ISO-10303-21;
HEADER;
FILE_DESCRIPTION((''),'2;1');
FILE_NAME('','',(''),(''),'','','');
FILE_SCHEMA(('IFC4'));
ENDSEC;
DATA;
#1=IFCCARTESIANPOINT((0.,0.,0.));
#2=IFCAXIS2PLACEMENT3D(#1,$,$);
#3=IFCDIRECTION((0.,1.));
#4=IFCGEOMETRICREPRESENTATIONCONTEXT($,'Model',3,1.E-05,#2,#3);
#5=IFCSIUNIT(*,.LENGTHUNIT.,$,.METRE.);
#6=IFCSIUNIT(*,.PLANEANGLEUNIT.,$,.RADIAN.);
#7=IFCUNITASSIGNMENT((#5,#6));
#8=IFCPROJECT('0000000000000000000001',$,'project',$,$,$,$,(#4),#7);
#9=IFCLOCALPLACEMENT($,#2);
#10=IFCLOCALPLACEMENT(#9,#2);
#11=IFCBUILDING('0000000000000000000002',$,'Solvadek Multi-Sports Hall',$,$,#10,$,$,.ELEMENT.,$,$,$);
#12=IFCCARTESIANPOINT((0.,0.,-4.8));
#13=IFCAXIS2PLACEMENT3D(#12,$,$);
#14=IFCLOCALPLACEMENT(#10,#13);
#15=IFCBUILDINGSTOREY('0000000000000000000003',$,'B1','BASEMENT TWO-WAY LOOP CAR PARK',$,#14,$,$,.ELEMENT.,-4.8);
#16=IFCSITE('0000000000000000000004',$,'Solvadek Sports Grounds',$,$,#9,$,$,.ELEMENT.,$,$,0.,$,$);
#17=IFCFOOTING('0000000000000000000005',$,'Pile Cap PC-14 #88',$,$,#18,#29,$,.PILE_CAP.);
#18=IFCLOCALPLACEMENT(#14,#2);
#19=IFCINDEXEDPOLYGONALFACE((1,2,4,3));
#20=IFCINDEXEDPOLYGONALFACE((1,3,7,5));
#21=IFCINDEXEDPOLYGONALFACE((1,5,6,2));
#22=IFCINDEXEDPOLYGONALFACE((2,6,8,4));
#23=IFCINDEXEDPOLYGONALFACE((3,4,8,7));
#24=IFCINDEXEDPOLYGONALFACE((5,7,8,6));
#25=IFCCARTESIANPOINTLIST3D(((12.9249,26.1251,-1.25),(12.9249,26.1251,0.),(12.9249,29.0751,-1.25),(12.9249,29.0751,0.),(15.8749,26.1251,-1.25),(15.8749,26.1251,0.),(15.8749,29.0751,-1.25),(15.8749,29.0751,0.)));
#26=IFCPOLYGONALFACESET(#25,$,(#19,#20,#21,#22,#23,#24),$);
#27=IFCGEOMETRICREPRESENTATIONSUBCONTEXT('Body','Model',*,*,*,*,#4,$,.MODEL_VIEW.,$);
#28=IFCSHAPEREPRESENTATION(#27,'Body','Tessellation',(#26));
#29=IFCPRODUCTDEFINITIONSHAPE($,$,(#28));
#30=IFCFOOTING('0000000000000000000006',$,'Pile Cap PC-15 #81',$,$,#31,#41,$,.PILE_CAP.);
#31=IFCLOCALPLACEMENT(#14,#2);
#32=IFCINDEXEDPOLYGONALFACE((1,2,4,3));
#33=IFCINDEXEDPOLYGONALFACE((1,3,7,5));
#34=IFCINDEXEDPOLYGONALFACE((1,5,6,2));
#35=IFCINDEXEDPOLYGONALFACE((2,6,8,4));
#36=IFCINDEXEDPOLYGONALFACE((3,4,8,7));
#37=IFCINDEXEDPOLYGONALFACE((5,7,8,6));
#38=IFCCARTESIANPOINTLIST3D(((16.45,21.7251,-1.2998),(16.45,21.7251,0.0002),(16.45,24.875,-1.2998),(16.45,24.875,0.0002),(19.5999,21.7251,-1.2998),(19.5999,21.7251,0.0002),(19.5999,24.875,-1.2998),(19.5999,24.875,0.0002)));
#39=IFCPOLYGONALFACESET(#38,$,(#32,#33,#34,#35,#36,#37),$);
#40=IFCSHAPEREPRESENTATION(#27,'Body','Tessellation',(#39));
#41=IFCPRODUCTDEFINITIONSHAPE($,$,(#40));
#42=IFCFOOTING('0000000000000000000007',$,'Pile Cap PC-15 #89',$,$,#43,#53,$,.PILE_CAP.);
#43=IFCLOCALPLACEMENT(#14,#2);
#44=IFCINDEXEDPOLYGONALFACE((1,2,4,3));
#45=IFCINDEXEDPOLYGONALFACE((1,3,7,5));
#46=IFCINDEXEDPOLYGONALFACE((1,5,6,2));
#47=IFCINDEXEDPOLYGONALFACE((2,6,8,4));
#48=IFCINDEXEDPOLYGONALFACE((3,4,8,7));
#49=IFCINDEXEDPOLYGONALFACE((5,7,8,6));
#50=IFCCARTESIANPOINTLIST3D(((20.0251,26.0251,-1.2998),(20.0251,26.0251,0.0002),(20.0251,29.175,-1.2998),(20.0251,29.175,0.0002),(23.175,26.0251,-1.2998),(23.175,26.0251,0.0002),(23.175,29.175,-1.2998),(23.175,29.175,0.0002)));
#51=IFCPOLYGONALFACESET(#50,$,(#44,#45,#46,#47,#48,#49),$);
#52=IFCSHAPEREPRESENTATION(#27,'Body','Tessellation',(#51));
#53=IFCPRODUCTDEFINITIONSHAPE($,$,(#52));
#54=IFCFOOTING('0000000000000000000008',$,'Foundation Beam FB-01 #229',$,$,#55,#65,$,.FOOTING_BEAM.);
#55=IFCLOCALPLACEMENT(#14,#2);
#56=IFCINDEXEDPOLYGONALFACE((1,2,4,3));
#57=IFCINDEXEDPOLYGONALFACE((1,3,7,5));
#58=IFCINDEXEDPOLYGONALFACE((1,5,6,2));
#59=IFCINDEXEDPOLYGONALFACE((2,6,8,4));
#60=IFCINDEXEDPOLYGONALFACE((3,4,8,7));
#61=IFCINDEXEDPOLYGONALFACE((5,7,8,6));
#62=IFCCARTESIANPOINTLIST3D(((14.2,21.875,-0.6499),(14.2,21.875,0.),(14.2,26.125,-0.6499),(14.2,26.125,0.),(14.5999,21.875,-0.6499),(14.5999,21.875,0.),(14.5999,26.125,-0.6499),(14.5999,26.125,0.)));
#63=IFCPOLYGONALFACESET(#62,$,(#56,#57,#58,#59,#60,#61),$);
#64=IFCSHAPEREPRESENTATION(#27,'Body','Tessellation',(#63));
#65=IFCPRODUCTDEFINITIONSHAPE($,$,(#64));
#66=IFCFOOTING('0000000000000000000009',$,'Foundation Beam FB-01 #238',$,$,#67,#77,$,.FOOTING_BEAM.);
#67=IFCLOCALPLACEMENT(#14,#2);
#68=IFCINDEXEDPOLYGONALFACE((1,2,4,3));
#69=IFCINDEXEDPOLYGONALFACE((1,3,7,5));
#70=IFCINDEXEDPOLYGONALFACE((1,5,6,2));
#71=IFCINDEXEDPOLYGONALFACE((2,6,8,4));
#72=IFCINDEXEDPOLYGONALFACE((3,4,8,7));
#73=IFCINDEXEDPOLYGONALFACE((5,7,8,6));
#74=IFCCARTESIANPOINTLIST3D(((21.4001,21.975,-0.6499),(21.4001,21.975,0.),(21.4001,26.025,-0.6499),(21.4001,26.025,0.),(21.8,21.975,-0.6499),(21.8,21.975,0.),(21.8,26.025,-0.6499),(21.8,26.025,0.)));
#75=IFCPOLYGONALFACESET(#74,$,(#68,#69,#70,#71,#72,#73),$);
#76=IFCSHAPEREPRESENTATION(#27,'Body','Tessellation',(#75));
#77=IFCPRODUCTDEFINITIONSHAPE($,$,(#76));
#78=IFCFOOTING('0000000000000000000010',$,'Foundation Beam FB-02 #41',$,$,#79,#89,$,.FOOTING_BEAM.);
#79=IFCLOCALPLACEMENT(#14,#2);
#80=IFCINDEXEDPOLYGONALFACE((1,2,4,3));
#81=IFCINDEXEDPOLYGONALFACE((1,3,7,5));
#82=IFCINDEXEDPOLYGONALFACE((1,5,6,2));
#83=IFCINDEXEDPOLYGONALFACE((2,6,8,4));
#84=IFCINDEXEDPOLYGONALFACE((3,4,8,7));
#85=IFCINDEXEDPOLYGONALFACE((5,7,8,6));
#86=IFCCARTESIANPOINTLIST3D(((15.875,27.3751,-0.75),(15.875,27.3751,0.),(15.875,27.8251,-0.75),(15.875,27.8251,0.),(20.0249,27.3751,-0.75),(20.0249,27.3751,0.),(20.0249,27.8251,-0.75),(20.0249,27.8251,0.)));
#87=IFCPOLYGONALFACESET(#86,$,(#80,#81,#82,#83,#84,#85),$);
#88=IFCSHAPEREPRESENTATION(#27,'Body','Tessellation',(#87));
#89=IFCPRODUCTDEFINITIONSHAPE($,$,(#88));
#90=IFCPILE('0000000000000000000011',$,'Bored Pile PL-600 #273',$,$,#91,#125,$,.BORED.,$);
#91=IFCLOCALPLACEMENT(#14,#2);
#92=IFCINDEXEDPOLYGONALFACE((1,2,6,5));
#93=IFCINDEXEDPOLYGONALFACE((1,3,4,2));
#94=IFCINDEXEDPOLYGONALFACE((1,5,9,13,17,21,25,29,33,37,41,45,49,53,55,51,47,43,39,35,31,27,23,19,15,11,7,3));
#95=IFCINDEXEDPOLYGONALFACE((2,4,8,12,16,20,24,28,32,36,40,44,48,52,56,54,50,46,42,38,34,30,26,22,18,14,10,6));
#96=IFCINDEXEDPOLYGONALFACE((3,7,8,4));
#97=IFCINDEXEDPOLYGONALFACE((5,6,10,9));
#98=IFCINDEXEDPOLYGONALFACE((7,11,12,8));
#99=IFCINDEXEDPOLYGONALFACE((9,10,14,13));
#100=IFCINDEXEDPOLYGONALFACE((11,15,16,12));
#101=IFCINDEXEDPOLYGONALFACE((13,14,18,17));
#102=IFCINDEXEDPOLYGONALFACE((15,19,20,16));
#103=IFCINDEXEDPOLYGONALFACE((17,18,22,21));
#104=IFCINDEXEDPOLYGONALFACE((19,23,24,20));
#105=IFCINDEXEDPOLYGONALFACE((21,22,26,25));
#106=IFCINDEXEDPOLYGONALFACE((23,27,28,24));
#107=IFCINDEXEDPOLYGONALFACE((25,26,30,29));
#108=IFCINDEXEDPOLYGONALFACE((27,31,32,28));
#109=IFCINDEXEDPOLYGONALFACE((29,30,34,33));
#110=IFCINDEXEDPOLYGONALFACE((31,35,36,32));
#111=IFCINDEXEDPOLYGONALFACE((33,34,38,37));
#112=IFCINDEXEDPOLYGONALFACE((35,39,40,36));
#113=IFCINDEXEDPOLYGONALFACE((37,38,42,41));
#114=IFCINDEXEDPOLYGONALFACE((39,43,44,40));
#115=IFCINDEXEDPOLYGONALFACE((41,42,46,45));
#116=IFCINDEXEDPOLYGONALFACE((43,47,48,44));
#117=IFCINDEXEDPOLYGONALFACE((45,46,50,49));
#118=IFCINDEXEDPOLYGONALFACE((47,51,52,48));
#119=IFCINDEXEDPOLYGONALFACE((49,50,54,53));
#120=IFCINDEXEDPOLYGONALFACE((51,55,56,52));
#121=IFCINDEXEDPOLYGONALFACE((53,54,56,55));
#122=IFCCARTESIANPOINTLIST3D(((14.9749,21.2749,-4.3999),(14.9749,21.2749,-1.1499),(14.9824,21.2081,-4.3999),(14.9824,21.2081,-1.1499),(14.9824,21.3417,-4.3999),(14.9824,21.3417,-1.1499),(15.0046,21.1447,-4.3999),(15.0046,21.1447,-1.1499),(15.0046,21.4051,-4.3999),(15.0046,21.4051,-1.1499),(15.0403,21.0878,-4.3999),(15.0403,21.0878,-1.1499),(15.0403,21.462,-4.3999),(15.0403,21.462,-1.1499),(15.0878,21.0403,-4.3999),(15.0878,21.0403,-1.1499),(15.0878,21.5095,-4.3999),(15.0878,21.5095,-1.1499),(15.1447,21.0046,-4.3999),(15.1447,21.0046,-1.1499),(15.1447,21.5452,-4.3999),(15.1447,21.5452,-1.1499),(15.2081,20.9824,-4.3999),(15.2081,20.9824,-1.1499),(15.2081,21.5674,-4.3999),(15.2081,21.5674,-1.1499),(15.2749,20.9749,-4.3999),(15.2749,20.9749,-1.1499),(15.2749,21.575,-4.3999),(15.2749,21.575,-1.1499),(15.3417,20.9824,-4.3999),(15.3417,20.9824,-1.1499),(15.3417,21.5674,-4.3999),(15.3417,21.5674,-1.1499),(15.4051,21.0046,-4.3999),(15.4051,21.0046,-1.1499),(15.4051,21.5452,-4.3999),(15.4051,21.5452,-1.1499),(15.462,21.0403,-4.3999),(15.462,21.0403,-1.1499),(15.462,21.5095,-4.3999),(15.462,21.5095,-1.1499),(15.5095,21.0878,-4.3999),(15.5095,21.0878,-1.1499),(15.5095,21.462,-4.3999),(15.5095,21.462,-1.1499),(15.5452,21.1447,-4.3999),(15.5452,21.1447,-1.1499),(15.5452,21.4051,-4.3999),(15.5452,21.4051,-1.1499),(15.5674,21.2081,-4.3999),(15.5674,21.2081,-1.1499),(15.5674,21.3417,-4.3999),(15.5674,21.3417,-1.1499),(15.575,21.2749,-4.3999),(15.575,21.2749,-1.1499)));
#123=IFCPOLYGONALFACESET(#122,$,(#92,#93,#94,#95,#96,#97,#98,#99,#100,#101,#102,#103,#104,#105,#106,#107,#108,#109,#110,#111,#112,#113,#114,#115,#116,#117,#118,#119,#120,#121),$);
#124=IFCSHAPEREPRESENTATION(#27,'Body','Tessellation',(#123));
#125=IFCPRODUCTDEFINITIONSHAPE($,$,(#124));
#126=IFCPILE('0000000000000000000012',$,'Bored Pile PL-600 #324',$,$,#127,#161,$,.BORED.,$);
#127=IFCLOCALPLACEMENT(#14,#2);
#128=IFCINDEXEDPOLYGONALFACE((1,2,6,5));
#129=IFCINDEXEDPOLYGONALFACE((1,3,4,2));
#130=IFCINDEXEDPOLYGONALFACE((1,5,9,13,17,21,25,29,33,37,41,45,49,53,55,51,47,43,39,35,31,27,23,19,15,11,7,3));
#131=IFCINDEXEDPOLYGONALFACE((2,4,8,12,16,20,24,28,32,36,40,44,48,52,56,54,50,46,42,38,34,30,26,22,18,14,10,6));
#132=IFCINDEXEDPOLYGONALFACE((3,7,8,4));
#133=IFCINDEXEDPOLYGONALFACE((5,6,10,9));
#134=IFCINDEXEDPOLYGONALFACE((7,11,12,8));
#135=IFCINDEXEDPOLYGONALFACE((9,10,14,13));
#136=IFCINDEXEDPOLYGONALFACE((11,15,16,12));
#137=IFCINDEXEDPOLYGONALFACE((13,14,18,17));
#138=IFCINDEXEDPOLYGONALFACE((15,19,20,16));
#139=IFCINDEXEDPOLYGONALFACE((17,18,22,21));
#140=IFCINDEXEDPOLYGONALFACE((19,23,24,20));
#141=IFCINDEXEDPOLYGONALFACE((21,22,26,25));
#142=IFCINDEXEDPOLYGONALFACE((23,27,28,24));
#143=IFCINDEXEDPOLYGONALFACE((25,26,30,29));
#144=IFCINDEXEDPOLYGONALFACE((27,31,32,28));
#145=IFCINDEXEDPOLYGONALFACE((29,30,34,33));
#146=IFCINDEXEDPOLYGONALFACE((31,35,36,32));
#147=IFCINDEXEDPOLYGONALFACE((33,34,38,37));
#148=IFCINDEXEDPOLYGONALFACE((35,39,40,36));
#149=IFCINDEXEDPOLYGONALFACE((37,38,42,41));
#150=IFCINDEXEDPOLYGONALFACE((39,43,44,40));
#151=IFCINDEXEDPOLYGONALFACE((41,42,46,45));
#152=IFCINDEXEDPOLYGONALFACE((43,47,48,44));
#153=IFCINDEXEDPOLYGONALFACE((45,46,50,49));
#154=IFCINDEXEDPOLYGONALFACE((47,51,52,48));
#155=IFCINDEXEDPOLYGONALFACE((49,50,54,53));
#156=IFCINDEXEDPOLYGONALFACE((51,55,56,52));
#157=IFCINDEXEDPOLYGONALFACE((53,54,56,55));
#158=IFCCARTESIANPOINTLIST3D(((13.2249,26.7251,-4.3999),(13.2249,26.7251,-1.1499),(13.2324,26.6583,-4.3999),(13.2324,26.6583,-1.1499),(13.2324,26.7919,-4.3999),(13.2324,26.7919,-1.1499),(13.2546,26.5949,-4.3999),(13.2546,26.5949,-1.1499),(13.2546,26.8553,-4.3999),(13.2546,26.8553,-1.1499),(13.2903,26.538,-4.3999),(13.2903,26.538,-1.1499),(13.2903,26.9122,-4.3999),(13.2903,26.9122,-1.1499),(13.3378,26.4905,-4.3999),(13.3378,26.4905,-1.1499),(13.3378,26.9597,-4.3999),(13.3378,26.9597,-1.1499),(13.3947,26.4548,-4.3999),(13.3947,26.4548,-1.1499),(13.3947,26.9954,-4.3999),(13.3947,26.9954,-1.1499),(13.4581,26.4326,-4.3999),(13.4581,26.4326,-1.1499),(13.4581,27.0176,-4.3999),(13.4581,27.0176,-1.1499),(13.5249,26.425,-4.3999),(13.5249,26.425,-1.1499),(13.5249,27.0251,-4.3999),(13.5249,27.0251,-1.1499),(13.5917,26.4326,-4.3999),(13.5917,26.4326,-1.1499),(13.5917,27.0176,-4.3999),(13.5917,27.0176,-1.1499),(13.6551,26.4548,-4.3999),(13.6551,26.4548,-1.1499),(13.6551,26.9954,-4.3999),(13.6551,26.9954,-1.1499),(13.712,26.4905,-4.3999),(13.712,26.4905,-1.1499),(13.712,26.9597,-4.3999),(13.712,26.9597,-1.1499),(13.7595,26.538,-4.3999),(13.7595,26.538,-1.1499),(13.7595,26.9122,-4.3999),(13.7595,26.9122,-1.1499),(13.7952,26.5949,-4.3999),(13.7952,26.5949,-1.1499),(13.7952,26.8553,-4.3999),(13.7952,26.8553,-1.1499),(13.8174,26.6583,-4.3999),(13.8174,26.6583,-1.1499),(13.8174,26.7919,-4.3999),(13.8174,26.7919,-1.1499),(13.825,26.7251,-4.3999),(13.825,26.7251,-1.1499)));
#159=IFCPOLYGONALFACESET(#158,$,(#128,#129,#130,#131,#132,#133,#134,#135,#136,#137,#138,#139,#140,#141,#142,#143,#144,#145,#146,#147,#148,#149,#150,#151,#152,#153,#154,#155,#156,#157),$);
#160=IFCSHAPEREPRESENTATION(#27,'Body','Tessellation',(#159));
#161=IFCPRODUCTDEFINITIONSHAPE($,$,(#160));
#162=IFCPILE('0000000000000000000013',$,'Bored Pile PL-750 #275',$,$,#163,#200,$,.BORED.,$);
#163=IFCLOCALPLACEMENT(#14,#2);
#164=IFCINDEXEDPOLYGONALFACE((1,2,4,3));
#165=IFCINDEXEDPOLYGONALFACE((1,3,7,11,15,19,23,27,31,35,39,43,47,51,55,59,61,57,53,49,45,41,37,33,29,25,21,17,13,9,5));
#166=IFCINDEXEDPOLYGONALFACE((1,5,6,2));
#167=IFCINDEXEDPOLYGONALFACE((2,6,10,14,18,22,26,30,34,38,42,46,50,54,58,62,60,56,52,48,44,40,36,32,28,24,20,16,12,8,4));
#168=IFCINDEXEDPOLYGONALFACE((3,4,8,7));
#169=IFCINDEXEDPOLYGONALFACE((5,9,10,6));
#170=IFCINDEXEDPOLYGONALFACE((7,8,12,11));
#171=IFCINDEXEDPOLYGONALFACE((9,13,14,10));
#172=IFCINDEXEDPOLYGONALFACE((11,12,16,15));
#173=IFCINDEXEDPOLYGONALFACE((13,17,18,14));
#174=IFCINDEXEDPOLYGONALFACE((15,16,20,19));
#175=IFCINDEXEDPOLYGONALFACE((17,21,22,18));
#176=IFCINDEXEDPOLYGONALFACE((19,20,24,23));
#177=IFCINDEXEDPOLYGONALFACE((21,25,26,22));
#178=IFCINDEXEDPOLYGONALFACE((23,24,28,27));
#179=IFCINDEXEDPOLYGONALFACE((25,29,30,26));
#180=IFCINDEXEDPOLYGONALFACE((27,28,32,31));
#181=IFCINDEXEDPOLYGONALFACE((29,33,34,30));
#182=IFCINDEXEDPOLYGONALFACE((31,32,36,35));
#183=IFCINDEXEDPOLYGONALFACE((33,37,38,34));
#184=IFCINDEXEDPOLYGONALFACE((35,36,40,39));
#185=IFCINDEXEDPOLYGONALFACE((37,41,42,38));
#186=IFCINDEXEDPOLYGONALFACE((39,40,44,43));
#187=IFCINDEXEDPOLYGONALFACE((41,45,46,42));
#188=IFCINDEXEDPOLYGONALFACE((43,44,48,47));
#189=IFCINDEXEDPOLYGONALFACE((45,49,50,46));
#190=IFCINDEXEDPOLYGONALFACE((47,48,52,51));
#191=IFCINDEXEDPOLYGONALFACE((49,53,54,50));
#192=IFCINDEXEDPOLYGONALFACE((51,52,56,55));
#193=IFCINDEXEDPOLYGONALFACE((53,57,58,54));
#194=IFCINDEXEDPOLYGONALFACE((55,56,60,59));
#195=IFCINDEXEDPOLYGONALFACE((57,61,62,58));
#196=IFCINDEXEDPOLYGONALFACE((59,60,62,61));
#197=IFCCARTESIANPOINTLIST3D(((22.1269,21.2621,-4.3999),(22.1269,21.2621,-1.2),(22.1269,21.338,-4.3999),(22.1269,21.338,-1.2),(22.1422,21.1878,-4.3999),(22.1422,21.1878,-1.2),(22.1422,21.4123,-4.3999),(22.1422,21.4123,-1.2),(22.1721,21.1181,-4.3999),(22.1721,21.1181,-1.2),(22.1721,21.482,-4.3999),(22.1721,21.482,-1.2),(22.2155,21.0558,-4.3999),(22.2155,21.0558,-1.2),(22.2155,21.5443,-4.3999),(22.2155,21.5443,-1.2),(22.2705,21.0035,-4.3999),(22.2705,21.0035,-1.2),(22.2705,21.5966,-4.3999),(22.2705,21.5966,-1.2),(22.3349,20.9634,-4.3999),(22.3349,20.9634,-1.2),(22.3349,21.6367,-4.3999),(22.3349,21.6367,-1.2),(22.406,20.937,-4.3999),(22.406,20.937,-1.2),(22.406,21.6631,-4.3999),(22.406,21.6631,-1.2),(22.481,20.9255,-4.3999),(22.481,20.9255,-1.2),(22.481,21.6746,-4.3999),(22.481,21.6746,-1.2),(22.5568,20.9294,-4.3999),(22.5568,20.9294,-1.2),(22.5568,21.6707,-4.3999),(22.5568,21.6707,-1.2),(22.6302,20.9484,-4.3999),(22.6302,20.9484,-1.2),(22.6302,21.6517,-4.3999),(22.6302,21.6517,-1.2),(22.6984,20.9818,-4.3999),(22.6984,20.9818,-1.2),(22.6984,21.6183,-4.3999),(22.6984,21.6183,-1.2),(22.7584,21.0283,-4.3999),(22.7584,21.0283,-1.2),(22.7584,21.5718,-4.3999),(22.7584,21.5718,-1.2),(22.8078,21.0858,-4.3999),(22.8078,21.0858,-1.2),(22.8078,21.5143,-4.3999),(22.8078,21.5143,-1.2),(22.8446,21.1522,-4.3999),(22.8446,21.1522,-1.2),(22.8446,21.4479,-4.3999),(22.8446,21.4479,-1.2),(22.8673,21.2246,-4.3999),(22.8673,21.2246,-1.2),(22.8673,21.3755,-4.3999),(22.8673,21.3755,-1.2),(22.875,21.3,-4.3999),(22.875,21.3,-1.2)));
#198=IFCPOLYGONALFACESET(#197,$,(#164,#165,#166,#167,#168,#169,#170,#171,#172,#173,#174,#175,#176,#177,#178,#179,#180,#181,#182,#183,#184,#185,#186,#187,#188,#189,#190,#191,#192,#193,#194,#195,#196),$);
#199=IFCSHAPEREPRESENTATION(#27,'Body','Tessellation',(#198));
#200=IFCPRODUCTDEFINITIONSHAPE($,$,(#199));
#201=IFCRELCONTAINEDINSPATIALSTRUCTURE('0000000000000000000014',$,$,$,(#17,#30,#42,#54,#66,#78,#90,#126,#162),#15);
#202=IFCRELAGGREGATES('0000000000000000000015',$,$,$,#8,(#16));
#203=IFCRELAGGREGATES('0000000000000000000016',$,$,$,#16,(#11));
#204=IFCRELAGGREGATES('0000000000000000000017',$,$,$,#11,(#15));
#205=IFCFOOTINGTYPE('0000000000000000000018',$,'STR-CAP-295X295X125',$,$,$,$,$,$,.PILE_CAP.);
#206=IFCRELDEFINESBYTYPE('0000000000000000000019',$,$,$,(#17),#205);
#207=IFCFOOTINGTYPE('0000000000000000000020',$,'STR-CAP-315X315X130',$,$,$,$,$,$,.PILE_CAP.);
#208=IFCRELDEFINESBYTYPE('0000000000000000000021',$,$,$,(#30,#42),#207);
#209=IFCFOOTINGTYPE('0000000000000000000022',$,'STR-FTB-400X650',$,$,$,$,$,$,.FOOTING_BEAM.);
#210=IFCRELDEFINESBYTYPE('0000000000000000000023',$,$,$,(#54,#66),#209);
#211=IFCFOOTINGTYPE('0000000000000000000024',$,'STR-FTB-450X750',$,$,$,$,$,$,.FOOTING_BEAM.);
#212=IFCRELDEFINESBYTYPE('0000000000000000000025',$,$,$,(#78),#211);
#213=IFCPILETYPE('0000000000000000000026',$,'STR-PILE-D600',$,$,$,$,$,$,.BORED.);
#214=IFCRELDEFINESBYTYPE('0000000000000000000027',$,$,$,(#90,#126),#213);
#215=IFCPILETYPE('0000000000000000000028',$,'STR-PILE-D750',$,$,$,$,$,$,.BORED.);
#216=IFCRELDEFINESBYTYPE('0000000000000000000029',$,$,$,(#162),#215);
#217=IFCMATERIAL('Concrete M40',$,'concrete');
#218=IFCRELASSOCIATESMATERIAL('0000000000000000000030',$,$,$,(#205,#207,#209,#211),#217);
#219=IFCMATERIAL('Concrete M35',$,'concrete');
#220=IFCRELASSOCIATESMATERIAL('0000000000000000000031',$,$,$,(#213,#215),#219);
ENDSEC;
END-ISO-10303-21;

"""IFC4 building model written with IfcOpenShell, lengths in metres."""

from ifc_helpers import new_model, si_unit, direction, frame, origin, origin_2d, place, context, subcontext, project, spatial, rectangle, circle, extrude, material, material_profile, profile_set, type_object, element, save


model = new_model("IFC4")

# Units and contexts
model_context = context("Model", 3, precision=1e-05, world=origin(), true_north=direction((0.0, 1.0)))
body_context = subcontext(model_context, "Body", "Model", "MODEL_VIEW")
ifc_project = project(units=[si_unit("LENGTHUNIT", "METRE"), si_unit("PLANEANGLEUNIT", "RADIAN")], contexts=[model_context])

# Site, building, storey
site_placement = place(None, origin())
site = spatial("IfcSite", under=ifc_project, at=site_placement, Name="Solvadek Sports Grounds", CompositionType="ELEMENT", RefElevation=0.0)
building_placement = place(site_placement, origin())
building = spatial("IfcBuilding", under=site, at=building_placement, Name="Solvadek Multi-Sports Hall", CompositionType="ELEMENT")
storey_placement = place(building_placement, frame((0.0, 0.0, -4.8)))
storey = spatial("IfcBuildingStorey", under=building, at=storey_placement, Name="B1", Description="BASEMENT TWO-WAY LOOP CAR PARK", CompositionType="ELEMENT", Elevation=-4.8)

# Footings
ifc_material_1 = material(Name="Concrete M40", Category="concrete")
footing_type_1 = type_object("IfcFootingType", Name="STR-CAP-295X295X125", PredefinedType="PILE_CAP", material=ifc_material_1)
footing_1_placement = place(storey_placement, frame((14.3999, 27.6001, -1.25), z_axis=(0.0, 0.0, 1.0), x_axis=(1.0, 0.0, 0.0)))
element("IfcFooting", 1, at=footing_1_placement, inside=storey, type_object=footing_type_1, Name="Pile Cap PC-14 #88", PredefinedType="PILE_CAP", context=body_context, shape_type="SweptSolid", body=[
    extrude(rectangle(XDim=2.95, YDim=2.95, at=origin_2d()), origin(), (0.0, 0.0, 1.0), 1.25),
])
footing_type_2 = type_object("IfcFootingType", Name="STR-CAP-315X315X130", PredefinedType="PILE_CAP", material=ifc_material_1)
for number, where, z_axis, x_axis, name in (
    (2, (18.0249, 23.3, -1.2998), (0.0, 0.0, 1.0), (1.0, 0.0, 0.0), "Pile Cap PC-15 #81"),
    (3, (21.6001, 27.6001, -1.2998), (0.0, 0.0, 1.0), (1.0, 0.0, 0.0), "Pile Cap PC-15 #89"),
):
    element("IfcFooting", number, at=place(storey_placement, frame(where, z_axis=z_axis, x_axis=x_axis)), inside=storey, type_object=footing_type_2, Name=name, PredefinedType="PILE_CAP", context=body_context, shape_type="SweptSolid", body=[
        extrude(rectangle(XDim=3.1499, YDim=3.1499, at=origin_2d()), origin(), (0.0, 0.0, 1.0), 1.3),
    ])
footing_type_3 = type_object("IfcFootingType", Name="STR-FTB-400X650", PredefinedType="FOOTING_BEAM", material=ifc_material_1)
footing_2_placement = place(storey_placement, frame((14.3999, 24.0, -0.6499), z_axis=(0.0, 0.0, 1.0), x_axis=(0.0, 1.0, 0.0)))
element("IfcFooting", 4, at=footing_2_placement, inside=storey, type_object=footing_type_3, Name="Foundation Beam FB-01 #229", PredefinedType="FOOTING_BEAM", context=body_context, shape_type="SweptSolid", body=[
    extrude(rectangle(XDim=4.25, YDim=0.3999, at=origin_2d()), origin(), (0.0, 0.0, 1.0), 0.6499),
])
footing_3_placement = place(storey_placement, frame((21.6001, 24.0, -0.6499), z_axis=(0.0, 0.0, 1.0), x_axis=(0.0, 1.0, 0.0)))
element("IfcFooting", 5, at=footing_3_placement, inside=storey, type_object=footing_type_3, Name="Foundation Beam FB-01 #238", PredefinedType="FOOTING_BEAM", context=body_context, shape_type="SweptSolid", body=[
    extrude(rectangle(XDim=4.05, YDim=0.3999, at=origin_2d()), origin(), (0.0, 0.0, 1.0), 0.6499),
])
footing_type_4 = type_object("IfcFootingType", Name="STR-FTB-450X750", PredefinedType="FOOTING_BEAM", material=ifc_material_1)
footing_4_placement = place(storey_placement, frame((17.95, 27.6001, -0.75), z_axis=(0.0, 0.0, 1.0), x_axis=(1.0, 0.0, 0.0)))
element("IfcFooting", 6, at=footing_4_placement, inside=storey, type_object=footing_type_4, Name="Foundation Beam FB-02 #41", PredefinedType="FOOTING_BEAM", context=body_context, shape_type="SweptSolid", body=[
    extrude(rectangle(XDim=4.1499, YDim=0.45, at=origin_2d()), origin(), (0.0, 0.0, 1.0), 0.75),
])

# Piles
ifc_material_2 = material(Name="Concrete M35", Category="concrete")
ifc_material_profile_1 = material_profile(ifc_material_2, circle(Radius=0.3, at=origin_2d()), Name="BORED PILE D600")
ifc_profile_set_1 = profile_set([ifc_material_profile_1], Name="Concrete M35")
pile_type_1 = type_object("IfcPileType", Name="STR-PILE-D600", PredefinedType="BORED", material=ifc_profile_set_1)
for number, where, z_axis, x_axis, name in (
    (7, (15.2749, 21.2749, -1.1499), (0.0, 0.0, -1.0), (1.0, 0.0, 0.0), "Bored Pile PL-600 #273"),
    (8, (13.5249, 26.7251, -1.1499), (0.0, 0.0, -1.0), (1.0, 0.0, 0.0), "Bored Pile PL-600 #324"),
):
    element("IfcPile", number, at=place(storey_placement, frame(where, z_axis=z_axis, x_axis=x_axis)), inside=storey, type_object=pile_type_1, Name=name, PredefinedType="BORED", context=body_context, shape_type="SweptSolid", body=[
        extrude(circle(Radius=0.3, at=origin_2d()), origin(), (0.0, 0.0, 1.0), 3.25),
    ])
ifc_material_profile_2 = material_profile(ifc_material_2, circle(Radius=0.375, at=origin_2d()), Name="BORED PILE D750")
ifc_profile_set_2 = profile_set([ifc_material_profile_2], Name="Concrete M35")
pile_type_2 = type_object("IfcPileType", Name="STR-PILE-D750", PredefinedType="BORED", material=ifc_profile_set_2)
for number, where, z_axis, x_axis, name in (
    (9, (22.5, 21.3, -1.2), (0.0, 0.0, -1.0), (1.0, 0.0, 0.0), "Bored Pile PL-750 #275"),
):
    element("IfcPile", number, at=place(storey_placement, frame(where, z_axis=z_axis, x_axis=x_axis)), inside=storey, type_object=pile_type_2, Name=name, PredefinedType="BORED", context=body_context, shape_type="SweptSolid", body=[
        extrude(circle(Radius=0.375, at=origin_2d()), origin(), (0.0, 0.0, 1.0), 3.2),
    ])

save(model, "model.ifc")
